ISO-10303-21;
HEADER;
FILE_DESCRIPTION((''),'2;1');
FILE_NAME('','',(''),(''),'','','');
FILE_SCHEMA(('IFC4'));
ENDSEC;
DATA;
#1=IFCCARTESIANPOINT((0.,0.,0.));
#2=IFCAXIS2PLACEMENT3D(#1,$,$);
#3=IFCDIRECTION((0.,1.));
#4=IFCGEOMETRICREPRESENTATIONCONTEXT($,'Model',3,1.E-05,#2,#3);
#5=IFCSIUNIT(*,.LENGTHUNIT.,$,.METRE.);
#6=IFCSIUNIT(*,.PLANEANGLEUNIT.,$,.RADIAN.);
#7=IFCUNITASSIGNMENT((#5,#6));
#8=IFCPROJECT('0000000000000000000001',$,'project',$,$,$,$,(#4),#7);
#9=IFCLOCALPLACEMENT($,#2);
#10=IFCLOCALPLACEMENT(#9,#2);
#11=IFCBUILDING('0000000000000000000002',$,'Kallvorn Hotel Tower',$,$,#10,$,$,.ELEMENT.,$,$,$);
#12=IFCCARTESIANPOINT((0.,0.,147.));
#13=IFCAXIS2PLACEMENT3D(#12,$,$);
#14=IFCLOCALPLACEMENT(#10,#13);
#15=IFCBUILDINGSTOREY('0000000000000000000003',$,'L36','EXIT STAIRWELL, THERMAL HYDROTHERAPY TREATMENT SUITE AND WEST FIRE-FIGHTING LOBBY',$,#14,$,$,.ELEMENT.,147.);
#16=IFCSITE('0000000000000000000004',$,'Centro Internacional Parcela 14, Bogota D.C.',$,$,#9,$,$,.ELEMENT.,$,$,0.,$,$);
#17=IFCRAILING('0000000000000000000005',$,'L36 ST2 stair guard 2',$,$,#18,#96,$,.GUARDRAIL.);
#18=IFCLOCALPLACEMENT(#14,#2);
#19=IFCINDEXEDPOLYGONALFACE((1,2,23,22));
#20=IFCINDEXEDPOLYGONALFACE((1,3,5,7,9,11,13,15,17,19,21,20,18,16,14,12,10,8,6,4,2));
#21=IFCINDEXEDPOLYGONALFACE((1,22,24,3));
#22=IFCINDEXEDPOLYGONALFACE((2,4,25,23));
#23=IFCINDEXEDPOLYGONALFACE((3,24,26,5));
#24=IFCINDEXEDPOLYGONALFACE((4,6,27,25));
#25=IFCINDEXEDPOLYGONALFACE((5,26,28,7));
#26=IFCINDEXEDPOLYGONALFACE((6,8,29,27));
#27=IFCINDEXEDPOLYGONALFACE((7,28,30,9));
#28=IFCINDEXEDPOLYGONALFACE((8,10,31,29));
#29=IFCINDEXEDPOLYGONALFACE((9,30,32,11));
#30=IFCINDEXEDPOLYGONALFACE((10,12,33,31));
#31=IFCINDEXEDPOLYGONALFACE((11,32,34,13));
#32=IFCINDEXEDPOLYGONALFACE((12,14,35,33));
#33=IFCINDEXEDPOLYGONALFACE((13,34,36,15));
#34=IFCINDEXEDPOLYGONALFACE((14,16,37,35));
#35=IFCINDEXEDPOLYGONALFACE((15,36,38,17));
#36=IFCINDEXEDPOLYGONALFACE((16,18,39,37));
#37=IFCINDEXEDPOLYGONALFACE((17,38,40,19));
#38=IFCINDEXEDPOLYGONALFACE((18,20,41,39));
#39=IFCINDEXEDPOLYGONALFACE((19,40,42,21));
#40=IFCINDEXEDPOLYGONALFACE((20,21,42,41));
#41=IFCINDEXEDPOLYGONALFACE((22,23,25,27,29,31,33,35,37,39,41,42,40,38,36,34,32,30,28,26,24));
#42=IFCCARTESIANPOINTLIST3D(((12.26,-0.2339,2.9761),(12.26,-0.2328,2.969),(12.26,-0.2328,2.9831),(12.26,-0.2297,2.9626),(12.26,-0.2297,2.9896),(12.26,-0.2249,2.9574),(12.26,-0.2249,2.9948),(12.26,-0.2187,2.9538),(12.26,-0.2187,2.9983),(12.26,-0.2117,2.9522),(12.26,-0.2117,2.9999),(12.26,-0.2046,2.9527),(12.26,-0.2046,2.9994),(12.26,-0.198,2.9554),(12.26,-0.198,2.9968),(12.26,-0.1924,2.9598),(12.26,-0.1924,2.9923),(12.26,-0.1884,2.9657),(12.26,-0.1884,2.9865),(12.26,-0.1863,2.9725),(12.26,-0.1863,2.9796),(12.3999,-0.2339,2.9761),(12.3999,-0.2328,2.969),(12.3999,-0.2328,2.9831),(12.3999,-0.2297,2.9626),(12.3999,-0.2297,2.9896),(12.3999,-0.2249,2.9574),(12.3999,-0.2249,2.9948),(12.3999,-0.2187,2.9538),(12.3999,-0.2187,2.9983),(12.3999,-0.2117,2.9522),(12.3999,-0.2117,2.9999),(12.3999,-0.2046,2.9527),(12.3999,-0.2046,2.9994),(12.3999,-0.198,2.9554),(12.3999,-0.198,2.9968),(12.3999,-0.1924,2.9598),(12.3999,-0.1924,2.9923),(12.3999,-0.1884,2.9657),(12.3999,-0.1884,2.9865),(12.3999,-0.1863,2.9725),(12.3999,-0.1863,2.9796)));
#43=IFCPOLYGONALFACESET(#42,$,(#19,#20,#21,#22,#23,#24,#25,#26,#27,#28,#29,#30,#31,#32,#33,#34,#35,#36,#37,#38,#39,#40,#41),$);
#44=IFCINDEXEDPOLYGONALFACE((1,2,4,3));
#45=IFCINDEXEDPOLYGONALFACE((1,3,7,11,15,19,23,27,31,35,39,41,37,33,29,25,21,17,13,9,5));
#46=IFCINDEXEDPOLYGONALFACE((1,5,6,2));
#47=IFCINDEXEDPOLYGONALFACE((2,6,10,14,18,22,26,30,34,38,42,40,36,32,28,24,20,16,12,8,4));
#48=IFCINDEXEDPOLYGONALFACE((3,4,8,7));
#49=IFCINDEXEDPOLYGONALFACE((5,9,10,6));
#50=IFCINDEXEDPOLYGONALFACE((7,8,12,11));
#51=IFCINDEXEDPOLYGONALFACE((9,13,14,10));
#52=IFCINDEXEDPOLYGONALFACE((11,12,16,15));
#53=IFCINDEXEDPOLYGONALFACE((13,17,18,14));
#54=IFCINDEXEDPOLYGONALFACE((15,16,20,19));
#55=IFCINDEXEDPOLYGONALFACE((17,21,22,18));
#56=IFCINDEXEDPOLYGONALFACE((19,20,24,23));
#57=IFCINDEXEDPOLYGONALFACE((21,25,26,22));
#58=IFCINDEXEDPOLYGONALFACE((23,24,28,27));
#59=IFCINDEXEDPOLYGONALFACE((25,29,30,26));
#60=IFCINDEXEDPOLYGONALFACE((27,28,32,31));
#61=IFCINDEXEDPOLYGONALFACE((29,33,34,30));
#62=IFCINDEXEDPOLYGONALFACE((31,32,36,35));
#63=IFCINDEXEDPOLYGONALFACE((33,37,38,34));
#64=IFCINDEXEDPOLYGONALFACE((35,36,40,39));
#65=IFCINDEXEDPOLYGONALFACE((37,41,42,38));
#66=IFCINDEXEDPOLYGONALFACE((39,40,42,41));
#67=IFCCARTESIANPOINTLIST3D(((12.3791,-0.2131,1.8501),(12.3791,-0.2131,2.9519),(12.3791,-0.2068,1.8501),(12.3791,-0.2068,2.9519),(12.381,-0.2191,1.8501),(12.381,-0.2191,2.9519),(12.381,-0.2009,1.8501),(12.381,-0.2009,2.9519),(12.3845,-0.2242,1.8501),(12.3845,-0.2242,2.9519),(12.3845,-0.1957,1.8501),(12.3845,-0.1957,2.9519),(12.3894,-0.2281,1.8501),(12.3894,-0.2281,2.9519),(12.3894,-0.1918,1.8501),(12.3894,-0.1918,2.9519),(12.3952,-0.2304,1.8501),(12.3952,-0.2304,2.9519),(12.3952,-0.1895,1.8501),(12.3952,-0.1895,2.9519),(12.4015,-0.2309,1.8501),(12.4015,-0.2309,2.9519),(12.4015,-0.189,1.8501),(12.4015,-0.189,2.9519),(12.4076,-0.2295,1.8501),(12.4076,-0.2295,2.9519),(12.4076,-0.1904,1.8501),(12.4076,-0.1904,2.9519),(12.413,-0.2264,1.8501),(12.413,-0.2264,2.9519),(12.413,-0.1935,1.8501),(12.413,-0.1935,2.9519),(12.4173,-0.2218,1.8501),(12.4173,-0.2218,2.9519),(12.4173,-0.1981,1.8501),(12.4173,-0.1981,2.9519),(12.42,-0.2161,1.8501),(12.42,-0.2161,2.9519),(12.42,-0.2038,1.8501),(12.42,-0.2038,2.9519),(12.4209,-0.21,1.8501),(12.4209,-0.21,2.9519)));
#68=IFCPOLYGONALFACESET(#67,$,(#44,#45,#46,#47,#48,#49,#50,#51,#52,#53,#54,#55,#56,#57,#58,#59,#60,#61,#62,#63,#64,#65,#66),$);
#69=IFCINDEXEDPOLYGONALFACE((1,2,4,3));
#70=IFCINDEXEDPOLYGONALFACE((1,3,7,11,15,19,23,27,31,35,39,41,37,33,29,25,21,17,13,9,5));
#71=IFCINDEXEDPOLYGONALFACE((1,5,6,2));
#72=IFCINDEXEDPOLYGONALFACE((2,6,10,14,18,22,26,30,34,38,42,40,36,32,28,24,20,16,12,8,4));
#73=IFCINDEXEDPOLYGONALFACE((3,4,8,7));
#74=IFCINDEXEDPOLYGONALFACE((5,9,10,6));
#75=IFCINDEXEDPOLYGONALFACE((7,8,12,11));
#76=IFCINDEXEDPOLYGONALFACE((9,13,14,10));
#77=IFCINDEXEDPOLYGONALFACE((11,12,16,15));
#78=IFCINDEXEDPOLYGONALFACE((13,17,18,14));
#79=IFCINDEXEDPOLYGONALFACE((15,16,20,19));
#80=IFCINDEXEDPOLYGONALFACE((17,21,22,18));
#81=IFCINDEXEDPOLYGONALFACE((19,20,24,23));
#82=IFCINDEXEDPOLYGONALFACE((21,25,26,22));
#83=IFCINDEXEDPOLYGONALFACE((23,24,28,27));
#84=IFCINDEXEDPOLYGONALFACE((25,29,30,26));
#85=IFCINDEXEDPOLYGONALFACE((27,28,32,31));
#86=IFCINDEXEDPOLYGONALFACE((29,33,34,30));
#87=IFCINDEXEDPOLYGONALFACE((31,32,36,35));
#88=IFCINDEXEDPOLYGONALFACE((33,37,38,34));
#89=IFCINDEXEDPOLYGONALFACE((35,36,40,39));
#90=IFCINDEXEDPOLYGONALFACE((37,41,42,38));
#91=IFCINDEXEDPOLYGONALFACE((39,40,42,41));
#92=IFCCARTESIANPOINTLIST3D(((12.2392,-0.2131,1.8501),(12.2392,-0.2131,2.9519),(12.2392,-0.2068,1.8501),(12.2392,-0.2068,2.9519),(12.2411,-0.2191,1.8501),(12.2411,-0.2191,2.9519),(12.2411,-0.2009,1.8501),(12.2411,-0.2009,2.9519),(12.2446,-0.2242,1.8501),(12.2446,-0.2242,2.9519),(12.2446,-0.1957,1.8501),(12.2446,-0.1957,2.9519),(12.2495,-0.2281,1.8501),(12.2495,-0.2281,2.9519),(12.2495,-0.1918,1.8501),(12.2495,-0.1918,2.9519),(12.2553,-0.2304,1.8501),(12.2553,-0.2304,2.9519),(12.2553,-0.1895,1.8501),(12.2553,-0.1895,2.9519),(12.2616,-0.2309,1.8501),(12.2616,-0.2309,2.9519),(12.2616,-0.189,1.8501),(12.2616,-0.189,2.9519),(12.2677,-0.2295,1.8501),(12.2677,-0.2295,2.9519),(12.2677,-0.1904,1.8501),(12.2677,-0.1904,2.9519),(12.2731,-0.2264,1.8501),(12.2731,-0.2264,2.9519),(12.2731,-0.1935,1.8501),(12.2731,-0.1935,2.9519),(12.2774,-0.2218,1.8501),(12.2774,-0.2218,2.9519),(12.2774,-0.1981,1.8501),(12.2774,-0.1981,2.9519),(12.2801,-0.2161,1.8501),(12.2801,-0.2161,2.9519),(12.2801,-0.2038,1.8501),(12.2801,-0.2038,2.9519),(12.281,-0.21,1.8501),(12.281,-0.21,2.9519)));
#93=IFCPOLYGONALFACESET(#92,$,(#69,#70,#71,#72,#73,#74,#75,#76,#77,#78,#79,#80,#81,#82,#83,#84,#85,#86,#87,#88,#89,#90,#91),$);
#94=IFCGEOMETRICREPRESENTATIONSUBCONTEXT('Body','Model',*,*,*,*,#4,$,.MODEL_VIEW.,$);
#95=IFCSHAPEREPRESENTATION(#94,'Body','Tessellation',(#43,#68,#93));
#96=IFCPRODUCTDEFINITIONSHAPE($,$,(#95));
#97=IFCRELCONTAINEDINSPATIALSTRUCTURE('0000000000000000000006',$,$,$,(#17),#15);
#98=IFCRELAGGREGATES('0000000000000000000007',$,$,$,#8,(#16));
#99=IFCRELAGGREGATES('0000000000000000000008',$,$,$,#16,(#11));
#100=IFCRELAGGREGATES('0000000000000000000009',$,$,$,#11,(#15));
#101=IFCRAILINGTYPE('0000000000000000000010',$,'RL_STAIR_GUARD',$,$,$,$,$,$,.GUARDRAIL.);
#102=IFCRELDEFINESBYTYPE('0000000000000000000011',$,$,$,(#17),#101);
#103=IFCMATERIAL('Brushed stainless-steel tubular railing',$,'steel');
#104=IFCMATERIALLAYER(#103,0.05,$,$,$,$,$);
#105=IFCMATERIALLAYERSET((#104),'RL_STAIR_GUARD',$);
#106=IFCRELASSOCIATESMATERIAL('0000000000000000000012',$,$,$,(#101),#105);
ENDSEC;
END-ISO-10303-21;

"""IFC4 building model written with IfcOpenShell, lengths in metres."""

from ifc_helpers import new_model, si_unit, direction, frame, origin, origin_2d, place, context, subcontext, project, spatial, circle, extrude, material, layer, layer_set, type_object, element, save


model = new_model("IFC4")

# Units and contexts
model_context = context("Model", 3, precision=1e-05, world=origin(), true_north=direction((0.0, 1.0)))
body_context = subcontext(model_context, "Body", "Model", "MODEL_VIEW")
ifc_project = project(units=[si_unit("LENGTHUNIT", "METRE"), si_unit("PLANEANGLEUNIT", "RADIAN")], contexts=[model_context])

# Site, building, storey
site_placement = place(None, origin())
site = spatial("IfcSite", under=ifc_project, at=site_placement, Name="Centro Internacional Parcela 14, Bogota D.C.", CompositionType="ELEMENT", RefElevation=0.0)
building_placement = place(site_placement, origin())
building = spatial("IfcBuilding", under=site, at=building_placement, Name="Kallvorn Hotel Tower", CompositionType="ELEMENT")
storey_placement = place(building_placement, frame((0.0, 0.0, 147.0)))
storey = spatial("IfcBuildingStorey", under=building, at=storey_placement, Name="L36", Description="EXIT STAIRWELL, THERMAL HYDROTHERAPY TREATMENT SUITE AND WEST FIRE-FIGHTING LOBBY", CompositionType="ELEMENT", Elevation=147.0)

# Railing
ifc_material_1 = material(Name="Brushed stainless-steel tubular railing", Category="steel")
ifc_layer_1 = layer(ifc_material_1, 0.05)
ifc_layer_set_1 = layer_set([ifc_layer_1], Name="RL_STAIR_GUARD")
railing_type_1 = type_object("IfcRailingType", Name="RL_STAIR_GUARD", PredefinedType="GUARDRAIL", material=ifc_layer_set_1)
railing_1_placement = place(storey_placement, frame((12.3999, -0.21, 1.8501)))
element("IfcRailing", 1, at=railing_1_placement, inside=storey, type_object=railing_type_1, Name="L36 ST2 stair guard 2", PredefinedType="GUARDRAIL", context=body_context, shape_type="SweptSolid", body=[
    extrude(circle(Radius=0.0239, at=origin_2d()), frame((0.0, 0.0, 1.126), z_axis=(-1.0, 0.0, 0.0), x_axis=(0.0, -1.0, 0.0)), (0.0, 0.0, 1.0), 0.1399),
    extrude(circle(Radius=0.021, at=origin_2d()), origin(), (0.0, 0.0, 1.0), 1.1018),
    extrude(circle(Radius=0.021, at=origin_2d()), frame((-0.1399, 0.0, 0.0)), (0.0, 0.0, 1.0), 1.1018),
])

save(model, "model.ifc")
